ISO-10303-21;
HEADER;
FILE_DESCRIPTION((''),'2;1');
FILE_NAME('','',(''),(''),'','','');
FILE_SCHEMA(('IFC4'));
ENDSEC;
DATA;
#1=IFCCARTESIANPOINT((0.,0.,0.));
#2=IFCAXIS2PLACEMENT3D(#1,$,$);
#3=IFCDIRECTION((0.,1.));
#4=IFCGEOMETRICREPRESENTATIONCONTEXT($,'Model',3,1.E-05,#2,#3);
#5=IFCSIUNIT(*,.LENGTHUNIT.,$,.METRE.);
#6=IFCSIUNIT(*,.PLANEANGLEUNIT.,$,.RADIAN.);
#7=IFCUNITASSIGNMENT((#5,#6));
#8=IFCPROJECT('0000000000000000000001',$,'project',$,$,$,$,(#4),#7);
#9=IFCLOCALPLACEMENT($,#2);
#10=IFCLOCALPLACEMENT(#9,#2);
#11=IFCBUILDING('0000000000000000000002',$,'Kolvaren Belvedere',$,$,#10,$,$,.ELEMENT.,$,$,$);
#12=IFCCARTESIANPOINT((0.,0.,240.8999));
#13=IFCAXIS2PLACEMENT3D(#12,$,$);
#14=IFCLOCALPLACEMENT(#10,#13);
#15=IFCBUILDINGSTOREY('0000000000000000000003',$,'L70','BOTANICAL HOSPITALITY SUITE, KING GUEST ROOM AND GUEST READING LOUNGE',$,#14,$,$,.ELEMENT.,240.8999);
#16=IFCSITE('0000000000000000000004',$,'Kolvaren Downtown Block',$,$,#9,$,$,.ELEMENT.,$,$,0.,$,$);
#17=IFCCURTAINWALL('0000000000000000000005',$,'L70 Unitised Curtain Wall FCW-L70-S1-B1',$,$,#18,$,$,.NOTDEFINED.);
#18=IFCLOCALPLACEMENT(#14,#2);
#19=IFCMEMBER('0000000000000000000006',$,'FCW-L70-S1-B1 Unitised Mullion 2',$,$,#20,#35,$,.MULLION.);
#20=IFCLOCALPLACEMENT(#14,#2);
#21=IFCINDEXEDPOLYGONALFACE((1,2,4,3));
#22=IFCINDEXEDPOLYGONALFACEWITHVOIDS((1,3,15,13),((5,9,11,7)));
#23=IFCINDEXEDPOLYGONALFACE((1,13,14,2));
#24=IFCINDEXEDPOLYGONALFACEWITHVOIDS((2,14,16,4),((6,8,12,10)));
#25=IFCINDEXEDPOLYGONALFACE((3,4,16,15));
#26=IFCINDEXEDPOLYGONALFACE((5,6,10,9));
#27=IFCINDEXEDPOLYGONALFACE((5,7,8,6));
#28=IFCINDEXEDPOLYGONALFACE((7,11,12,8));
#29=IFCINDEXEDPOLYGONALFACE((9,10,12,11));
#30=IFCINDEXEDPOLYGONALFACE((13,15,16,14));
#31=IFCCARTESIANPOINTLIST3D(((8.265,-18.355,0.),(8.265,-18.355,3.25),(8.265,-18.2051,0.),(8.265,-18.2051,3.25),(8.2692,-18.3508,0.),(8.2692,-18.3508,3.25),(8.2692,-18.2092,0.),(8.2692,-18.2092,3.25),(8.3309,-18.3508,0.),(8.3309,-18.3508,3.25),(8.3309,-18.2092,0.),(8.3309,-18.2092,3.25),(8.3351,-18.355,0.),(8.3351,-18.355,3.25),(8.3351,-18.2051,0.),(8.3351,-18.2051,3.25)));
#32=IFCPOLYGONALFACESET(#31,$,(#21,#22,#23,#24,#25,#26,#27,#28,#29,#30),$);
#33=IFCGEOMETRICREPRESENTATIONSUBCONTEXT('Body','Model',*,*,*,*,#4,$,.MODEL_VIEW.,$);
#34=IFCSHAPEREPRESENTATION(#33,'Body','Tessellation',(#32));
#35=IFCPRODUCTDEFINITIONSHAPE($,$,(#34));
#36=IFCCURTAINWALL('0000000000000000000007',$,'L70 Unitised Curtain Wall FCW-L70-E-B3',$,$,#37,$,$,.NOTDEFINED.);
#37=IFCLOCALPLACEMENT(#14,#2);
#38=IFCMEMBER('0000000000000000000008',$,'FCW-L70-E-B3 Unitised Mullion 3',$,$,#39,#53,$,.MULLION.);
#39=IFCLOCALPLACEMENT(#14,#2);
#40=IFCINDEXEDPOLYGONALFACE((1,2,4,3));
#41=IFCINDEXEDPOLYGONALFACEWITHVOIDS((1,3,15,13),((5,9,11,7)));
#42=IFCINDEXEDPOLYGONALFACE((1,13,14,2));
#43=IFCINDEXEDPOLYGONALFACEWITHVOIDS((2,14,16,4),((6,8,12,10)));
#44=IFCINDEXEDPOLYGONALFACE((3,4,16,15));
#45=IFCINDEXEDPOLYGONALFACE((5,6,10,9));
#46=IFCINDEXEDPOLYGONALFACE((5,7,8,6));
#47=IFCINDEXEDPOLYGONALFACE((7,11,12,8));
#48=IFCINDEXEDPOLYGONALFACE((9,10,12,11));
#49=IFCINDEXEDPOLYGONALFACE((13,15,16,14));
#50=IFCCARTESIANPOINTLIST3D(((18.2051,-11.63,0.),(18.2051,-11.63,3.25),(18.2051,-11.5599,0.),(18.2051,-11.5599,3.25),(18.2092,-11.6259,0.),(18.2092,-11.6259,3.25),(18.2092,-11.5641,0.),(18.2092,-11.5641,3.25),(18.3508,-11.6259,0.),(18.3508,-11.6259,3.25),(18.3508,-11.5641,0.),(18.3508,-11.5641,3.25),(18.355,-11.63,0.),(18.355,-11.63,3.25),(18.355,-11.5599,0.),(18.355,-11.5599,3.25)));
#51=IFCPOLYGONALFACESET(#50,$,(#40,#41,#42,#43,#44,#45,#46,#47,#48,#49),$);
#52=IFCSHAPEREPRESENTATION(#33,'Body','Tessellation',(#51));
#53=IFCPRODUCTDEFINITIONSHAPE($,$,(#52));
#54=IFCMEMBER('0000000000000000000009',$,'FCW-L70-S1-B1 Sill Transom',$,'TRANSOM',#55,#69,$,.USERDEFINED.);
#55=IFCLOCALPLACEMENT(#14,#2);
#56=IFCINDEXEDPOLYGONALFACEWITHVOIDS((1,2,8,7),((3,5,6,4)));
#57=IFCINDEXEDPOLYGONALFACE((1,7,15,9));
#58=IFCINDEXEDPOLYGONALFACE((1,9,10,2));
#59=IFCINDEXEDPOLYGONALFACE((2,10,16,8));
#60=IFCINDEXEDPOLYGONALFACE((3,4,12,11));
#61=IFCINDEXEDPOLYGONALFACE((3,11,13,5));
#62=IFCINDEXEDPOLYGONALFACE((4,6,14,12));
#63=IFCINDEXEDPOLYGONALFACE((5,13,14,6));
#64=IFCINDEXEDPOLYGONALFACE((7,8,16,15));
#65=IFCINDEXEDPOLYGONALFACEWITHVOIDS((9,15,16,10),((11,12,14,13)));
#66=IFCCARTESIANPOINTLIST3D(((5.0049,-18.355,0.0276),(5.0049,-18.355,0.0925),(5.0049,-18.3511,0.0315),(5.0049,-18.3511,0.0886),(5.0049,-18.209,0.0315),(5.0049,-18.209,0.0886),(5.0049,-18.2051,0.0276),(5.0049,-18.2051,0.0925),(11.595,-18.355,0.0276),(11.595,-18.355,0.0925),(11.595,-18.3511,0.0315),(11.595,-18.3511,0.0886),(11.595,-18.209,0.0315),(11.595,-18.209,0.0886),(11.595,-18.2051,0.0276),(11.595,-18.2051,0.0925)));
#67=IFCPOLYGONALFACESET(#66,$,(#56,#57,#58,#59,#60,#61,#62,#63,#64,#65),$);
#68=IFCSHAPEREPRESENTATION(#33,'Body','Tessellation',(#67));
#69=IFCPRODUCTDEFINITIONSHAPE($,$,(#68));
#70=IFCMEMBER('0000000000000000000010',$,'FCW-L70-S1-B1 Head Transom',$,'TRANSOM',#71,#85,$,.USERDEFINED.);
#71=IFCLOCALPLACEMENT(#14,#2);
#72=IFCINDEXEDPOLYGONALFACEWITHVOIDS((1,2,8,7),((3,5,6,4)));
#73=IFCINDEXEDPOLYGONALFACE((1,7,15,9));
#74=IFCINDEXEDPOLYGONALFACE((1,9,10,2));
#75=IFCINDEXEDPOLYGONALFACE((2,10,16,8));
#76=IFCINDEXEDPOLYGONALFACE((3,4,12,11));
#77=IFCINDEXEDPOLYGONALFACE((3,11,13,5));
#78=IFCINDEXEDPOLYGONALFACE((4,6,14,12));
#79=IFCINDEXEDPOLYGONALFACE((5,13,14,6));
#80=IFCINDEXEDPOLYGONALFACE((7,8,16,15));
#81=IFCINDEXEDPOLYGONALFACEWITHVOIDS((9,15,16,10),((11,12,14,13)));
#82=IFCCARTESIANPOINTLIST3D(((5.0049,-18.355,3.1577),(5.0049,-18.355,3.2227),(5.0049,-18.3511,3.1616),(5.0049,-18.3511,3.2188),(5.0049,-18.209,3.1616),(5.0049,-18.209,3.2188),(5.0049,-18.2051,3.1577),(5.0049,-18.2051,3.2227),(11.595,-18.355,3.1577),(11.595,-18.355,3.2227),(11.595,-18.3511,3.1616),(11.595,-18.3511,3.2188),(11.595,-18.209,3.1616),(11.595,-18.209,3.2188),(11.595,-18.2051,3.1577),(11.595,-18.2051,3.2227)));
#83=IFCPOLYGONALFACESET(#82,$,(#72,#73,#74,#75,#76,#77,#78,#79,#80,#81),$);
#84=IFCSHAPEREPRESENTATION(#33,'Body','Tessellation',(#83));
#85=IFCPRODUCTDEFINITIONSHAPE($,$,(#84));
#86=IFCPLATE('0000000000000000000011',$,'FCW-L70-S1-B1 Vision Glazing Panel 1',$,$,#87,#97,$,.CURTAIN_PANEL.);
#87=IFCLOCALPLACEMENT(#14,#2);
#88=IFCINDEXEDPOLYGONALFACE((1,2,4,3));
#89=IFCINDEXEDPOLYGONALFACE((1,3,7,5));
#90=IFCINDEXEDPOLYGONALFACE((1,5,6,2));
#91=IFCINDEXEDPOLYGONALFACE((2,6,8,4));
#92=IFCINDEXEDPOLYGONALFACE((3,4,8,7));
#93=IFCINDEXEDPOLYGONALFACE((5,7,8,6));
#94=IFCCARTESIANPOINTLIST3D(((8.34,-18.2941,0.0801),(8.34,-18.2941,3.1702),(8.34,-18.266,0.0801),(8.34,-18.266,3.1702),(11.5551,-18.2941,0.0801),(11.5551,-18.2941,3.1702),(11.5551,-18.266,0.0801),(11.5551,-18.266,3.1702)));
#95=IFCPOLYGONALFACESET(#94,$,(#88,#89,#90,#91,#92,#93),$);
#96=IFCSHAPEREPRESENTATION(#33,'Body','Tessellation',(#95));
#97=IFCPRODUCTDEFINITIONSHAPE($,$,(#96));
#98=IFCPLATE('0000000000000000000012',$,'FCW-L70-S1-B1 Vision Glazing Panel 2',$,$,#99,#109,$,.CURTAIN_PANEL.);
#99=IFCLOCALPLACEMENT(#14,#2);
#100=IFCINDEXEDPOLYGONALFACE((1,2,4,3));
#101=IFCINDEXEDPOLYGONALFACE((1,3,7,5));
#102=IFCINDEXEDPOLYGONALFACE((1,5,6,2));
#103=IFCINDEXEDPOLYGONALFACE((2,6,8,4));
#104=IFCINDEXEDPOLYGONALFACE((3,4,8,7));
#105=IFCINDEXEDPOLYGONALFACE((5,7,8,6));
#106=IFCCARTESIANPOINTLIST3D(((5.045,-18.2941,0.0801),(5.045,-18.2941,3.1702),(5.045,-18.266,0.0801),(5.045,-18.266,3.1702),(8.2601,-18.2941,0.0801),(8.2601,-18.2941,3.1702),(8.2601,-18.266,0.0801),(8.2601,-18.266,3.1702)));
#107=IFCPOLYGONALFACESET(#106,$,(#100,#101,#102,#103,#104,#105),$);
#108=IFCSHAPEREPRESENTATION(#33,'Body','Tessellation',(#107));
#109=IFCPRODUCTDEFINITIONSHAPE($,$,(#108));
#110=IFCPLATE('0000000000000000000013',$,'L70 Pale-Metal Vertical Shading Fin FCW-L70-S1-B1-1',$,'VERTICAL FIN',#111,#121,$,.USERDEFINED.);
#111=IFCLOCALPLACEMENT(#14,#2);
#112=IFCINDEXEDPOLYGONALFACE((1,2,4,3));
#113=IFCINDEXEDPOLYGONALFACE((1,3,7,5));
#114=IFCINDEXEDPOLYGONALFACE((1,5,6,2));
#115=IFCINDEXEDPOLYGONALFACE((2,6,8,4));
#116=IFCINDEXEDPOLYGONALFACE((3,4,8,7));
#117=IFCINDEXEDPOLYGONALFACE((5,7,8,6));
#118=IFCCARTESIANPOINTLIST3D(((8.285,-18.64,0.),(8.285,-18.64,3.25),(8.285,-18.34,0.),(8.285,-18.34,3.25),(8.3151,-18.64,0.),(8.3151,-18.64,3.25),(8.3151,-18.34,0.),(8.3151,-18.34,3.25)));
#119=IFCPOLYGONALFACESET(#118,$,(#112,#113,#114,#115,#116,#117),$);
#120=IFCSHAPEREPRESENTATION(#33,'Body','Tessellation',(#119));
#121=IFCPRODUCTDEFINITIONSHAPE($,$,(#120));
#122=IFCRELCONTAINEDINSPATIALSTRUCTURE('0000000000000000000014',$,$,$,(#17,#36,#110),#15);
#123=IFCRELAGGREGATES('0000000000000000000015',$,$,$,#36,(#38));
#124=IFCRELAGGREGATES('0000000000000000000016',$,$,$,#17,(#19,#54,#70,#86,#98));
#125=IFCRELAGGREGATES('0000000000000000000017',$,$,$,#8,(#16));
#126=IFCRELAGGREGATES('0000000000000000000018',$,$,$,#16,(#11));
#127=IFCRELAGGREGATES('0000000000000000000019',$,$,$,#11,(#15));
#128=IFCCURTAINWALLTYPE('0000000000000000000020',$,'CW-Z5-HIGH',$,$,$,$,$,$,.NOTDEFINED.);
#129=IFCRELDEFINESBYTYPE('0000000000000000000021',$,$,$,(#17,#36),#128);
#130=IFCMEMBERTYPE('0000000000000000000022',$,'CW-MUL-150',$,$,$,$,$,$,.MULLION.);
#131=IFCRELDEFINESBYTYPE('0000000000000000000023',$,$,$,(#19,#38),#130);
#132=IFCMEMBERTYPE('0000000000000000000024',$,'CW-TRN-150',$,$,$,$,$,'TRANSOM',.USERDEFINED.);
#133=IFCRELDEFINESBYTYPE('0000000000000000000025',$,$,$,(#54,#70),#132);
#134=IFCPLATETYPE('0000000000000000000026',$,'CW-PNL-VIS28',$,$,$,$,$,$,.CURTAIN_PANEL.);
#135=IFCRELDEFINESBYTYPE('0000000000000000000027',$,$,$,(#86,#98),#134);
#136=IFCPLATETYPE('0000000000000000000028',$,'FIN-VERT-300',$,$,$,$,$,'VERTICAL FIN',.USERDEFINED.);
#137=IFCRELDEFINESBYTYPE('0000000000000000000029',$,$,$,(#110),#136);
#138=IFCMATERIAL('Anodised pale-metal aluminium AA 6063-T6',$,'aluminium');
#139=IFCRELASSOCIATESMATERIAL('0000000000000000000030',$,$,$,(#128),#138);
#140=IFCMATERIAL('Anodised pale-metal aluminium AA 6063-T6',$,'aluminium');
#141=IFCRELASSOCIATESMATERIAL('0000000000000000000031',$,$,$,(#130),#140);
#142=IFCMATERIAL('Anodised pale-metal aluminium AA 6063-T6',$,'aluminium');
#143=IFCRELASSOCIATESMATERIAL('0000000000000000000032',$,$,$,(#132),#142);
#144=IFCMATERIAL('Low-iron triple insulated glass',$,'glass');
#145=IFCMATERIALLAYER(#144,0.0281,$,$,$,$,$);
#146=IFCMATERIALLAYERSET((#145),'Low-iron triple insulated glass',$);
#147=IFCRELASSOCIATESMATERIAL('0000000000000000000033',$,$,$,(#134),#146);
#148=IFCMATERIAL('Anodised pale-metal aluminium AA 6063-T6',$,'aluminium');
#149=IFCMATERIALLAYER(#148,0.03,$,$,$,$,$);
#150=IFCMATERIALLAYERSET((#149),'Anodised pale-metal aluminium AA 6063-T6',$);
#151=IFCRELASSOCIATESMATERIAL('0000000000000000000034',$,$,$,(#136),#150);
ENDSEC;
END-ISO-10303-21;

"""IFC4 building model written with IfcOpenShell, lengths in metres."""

from ifc_helpers import new_model, si_unit, direction, frame, origin, origin_2d, place, context, subcontext, project, spatial, rectangle, hollow_rectangle, extrude, material, layer, layer_set, material_profile, profile_set, type_object, element, aggregate, save


model = new_model("IFC4")

# Units and contexts
model_context = context("Model", 3, precision=1e-05, world=origin(), true_north=direction((0.0, 1.0)))
body_context = subcontext(model_context, "Body", "Model", "MODEL_VIEW")
ifc_project = project(units=[si_unit("LENGTHUNIT", "METRE"), si_unit("PLANEANGLEUNIT", "RADIAN")], contexts=[model_context])

# Site, building, storey
site_placement = place(None, origin())
site = spatial("IfcSite", under=ifc_project, at=site_placement, Name="Kolvaren Downtown Block", CompositionType="ELEMENT", RefElevation=0.0)
building_placement = place(site_placement, origin())
building = spatial("IfcBuilding", under=site, at=building_placement, Name="Kolvaren Belvedere", CompositionType="ELEMENT")
storey_placement = place(building_placement, frame((0.0, 0.0, 240.8999)))
storey = spatial("IfcBuildingStorey", under=building, at=storey_placement, Name="L70", Description="BOTANICAL HOSPITALITY SUITE, KING GUEST ROOM AND GUEST READING LOUNGE", CompositionType="ELEMENT", Elevation=240.8999)

# Curtain wall, member
ifc_material_1 = material(Name="Anodised pale-metal aluminium AA 6063-T6", Category="aluminium")
curtain_wall_type = type_object("IfcCurtainWallType", Name="CW-Z5-HIGH", PredefinedType="NOTDEFINED", material=ifc_material_1)
curtain_wall_1_placement = place(storey_placement, origin())
curtain_wall_1 = element("IfcCurtainWall", 1, at=curtain_wall_1_placement, inside=storey, type_object=curtain_wall_type, Name="L70 Unitised Curtain Wall FCW-L70-S1-B1", PredefinedType="NOTDEFINED")
ifc_material_2 = material(Name="Anodised pale-metal aluminium AA 6063-T6", Category="aluminium")
ifc_material_profile_1 = material_profile(ifc_material_2, hollow_rectangle(XDim=0.0701, YDim=0.1499, WallThickness=0.0042, at=origin_2d()), Name="ALU-MUL-150X70")
ifc_profile_set_1 = profile_set([ifc_material_profile_1], Name="Anodised pale-metal aluminium AA 6063-T6")
member_type_1 = type_object("IfcMemberType", Name="CW-MUL-150", PredefinedType="MULLION", material=ifc_profile_set_1)
member_1_placement = place(storey_placement, frame((8.3, -18.28, 0.0), z_axis=(0.0, 0.0, 1.0), x_axis=(1.0, 0.0, 0.0)))
member_1 = element("IfcMember", 2, at=member_1_placement, type_object=member_type_1, Name="FCW-L70-S1-B1 Unitised Mullion 2", PredefinedType="MULLION", context=body_context, shape_type="SweptSolid", body=[
    extrude(hollow_rectangle(XDim=0.0701, YDim=0.1499, WallThickness=0.0042, at=origin_2d()), origin(), (0.0, 0.0, 1.0), 3.25),
])

# Curtain wall, member
curtain_wall_2_placement = place(storey_placement, origin())
curtain_wall_2 = element("IfcCurtainWall", 3, at=curtain_wall_2_placement, inside=storey, type_object=curtain_wall_type, Name="L70 Unitised Curtain Wall FCW-L70-E-B3", PredefinedType="NOTDEFINED")
member_2_placement = place(storey_placement, frame((18.28, -11.595, 0.0), z_axis=(0.0, 0.0, 1.0), x_axis=(0.0, 1.0, 0.0)))
member_2 = element("IfcMember", 4, at=member_2_placement, type_object=member_type_1, Name="FCW-L70-E-B3 Unitised Mullion 3", PredefinedType="MULLION", context=body_context, shape_type="SweptSolid", body=[
    extrude(hollow_rectangle(XDim=0.0701, YDim=0.1499, WallThickness=0.0042, at=origin_2d()), origin(), (0.0, 0.0, 1.0), 3.25),
])
aggregate(curtain_wall_2, [member_2])

# Members
ifc_material_3 = material(Name="Anodised pale-metal aluminium AA 6063-T6", Category="aluminium")
ifc_material_profile_2 = material_profile(ifc_material_3, hollow_rectangle(XDim=0.0649, YDim=0.1499, WallThickness=0.0039, at=origin_2d()), Name="ALU-TRN-150X65")
ifc_profile_set_2 = profile_set([ifc_material_profile_2], Name="Anodised pale-metal aluminium AA 6063-T6")
member_type_2 = type_object("IfcMemberType", Name="CW-TRN-150", ElementType="TRANSOM", PredefinedType="USERDEFINED", material=ifc_profile_set_2)
member_3_placement = place(storey_placement, frame((11.595, -18.28, 0.0601), z_axis=(-1.0, 0.0, 0.0), x_axis=(0.0, 0.0, 1.0)))
member_3 = element("IfcMember", 5, at=member_3_placement, type_object=member_type_2, Name="FCW-L70-S1-B1 Sill Transom", ObjectType="TRANSOM", PredefinedType="USERDEFINED", context=body_context, shape_type="SweptSolid", body=[
    extrude(hollow_rectangle(XDim=0.0649, YDim=0.1499, WallThickness=0.0039, at=origin_2d()), origin(), (0.0, 0.0, 1.0), 6.5901),
])
member_4_placement = place(storey_placement, frame((11.595, -18.28, 3.1902), z_axis=(-1.0, 0.0, 0.0), x_axis=(0.0, 0.0, 1.0)))
member_4 = element("IfcMember", 6, at=member_4_placement, type_object=member_type_2, Name="FCW-L70-S1-B1 Head Transom", ObjectType="TRANSOM", PredefinedType="USERDEFINED", context=body_context, shape_type="SweptSolid", body=[
    extrude(hollow_rectangle(XDim=0.0649, YDim=0.1499, WallThickness=0.0039, at=origin_2d()), origin(), (0.0, 0.0, 1.0), 6.5901),
])

# Plates
ifc_material_4 = material(Name="Low-iron triple insulated glass", Category="glass")
ifc_layer_1 = layer(ifc_material_4, 0.0281)
ifc_layer_set_1 = layer_set([ifc_layer_1], Name="Low-iron triple insulated glass")
plate_type_1 = type_object("IfcPlateType", Name="CW-PNL-VIS28", PredefinedType="CURTAIN_PANEL", material=ifc_layer_set_1)
plate_1_placement = place(storey_placement, frame((9.9475, -18.28, 0.0801), z_axis=(0.0, 0.0, 1.0), x_axis=(-1.0, 0.0, 0.0)))
plate_1 = element("IfcPlate", 7, at=plate_1_placement, type_object=plate_type_1, Name="FCW-L70-S1-B1 Vision Glazing Panel 1", PredefinedType="CURTAIN_PANEL", context=body_context, shape_type="SweptSolid", body=[
    extrude(rectangle(XDim=3.2151, YDim=0.0281, at=origin_2d()), origin(), (0.0, 0.0, 1.0), 3.0901),
])
plate_2_placement = place(storey_placement, frame((6.6526, -18.28, 0.0801), z_axis=(0.0, 0.0, 1.0), x_axis=(-1.0, 0.0, 0.0)))
plate_2 = element("IfcPlate", 8, at=plate_2_placement, type_object=plate_type_1, Name="FCW-L70-S1-B1 Vision Glazing Panel 2", PredefinedType="CURTAIN_PANEL", context=body_context, shape_type="SweptSolid", body=[
    extrude(rectangle(XDim=3.2151, YDim=0.0281, at=origin_2d()), origin(), (0.0, 0.0, 1.0), 3.0901),
])
aggregate(curtain_wall_1, [member_1, member_3, member_4, plate_1, plate_2])
ifc_material_5 = material(Name="Anodised pale-metal aluminium AA 6063-T6", Category="aluminium")
ifc_layer_2 = layer(ifc_material_5, 0.03)
ifc_layer_set_2 = layer_set([ifc_layer_2], Name="Anodised pale-metal aluminium AA 6063-T6")
plate_type_2 = type_object("IfcPlateType", Name="FIN-VERT-300", ElementType="VERTICAL FIN", PredefinedType="USERDEFINED", material=ifc_layer_set_2)
plate_3_placement = place(storey_placement, frame((8.3, -18.49, 0.0), z_axis=(0.0, 0.0, 1.0), x_axis=(0.0, 1.0, 0.0)))
element("IfcPlate", 9, at=plate_3_placement, inside=storey, type_object=plate_type_2, Name="L70 Pale-Metal Vertical Shading Fin FCW-L70-S1-B1-1", ObjectType="VERTICAL FIN", PredefinedType="USERDEFINED", context=body_context, shape_type="SweptSolid", body=[
    extrude(rectangle(XDim=0.3, YDim=0.03, at=origin_2d()), origin(), (0.0, 0.0, 1.0), 3.25),
])

save(model, "model.ifc")
